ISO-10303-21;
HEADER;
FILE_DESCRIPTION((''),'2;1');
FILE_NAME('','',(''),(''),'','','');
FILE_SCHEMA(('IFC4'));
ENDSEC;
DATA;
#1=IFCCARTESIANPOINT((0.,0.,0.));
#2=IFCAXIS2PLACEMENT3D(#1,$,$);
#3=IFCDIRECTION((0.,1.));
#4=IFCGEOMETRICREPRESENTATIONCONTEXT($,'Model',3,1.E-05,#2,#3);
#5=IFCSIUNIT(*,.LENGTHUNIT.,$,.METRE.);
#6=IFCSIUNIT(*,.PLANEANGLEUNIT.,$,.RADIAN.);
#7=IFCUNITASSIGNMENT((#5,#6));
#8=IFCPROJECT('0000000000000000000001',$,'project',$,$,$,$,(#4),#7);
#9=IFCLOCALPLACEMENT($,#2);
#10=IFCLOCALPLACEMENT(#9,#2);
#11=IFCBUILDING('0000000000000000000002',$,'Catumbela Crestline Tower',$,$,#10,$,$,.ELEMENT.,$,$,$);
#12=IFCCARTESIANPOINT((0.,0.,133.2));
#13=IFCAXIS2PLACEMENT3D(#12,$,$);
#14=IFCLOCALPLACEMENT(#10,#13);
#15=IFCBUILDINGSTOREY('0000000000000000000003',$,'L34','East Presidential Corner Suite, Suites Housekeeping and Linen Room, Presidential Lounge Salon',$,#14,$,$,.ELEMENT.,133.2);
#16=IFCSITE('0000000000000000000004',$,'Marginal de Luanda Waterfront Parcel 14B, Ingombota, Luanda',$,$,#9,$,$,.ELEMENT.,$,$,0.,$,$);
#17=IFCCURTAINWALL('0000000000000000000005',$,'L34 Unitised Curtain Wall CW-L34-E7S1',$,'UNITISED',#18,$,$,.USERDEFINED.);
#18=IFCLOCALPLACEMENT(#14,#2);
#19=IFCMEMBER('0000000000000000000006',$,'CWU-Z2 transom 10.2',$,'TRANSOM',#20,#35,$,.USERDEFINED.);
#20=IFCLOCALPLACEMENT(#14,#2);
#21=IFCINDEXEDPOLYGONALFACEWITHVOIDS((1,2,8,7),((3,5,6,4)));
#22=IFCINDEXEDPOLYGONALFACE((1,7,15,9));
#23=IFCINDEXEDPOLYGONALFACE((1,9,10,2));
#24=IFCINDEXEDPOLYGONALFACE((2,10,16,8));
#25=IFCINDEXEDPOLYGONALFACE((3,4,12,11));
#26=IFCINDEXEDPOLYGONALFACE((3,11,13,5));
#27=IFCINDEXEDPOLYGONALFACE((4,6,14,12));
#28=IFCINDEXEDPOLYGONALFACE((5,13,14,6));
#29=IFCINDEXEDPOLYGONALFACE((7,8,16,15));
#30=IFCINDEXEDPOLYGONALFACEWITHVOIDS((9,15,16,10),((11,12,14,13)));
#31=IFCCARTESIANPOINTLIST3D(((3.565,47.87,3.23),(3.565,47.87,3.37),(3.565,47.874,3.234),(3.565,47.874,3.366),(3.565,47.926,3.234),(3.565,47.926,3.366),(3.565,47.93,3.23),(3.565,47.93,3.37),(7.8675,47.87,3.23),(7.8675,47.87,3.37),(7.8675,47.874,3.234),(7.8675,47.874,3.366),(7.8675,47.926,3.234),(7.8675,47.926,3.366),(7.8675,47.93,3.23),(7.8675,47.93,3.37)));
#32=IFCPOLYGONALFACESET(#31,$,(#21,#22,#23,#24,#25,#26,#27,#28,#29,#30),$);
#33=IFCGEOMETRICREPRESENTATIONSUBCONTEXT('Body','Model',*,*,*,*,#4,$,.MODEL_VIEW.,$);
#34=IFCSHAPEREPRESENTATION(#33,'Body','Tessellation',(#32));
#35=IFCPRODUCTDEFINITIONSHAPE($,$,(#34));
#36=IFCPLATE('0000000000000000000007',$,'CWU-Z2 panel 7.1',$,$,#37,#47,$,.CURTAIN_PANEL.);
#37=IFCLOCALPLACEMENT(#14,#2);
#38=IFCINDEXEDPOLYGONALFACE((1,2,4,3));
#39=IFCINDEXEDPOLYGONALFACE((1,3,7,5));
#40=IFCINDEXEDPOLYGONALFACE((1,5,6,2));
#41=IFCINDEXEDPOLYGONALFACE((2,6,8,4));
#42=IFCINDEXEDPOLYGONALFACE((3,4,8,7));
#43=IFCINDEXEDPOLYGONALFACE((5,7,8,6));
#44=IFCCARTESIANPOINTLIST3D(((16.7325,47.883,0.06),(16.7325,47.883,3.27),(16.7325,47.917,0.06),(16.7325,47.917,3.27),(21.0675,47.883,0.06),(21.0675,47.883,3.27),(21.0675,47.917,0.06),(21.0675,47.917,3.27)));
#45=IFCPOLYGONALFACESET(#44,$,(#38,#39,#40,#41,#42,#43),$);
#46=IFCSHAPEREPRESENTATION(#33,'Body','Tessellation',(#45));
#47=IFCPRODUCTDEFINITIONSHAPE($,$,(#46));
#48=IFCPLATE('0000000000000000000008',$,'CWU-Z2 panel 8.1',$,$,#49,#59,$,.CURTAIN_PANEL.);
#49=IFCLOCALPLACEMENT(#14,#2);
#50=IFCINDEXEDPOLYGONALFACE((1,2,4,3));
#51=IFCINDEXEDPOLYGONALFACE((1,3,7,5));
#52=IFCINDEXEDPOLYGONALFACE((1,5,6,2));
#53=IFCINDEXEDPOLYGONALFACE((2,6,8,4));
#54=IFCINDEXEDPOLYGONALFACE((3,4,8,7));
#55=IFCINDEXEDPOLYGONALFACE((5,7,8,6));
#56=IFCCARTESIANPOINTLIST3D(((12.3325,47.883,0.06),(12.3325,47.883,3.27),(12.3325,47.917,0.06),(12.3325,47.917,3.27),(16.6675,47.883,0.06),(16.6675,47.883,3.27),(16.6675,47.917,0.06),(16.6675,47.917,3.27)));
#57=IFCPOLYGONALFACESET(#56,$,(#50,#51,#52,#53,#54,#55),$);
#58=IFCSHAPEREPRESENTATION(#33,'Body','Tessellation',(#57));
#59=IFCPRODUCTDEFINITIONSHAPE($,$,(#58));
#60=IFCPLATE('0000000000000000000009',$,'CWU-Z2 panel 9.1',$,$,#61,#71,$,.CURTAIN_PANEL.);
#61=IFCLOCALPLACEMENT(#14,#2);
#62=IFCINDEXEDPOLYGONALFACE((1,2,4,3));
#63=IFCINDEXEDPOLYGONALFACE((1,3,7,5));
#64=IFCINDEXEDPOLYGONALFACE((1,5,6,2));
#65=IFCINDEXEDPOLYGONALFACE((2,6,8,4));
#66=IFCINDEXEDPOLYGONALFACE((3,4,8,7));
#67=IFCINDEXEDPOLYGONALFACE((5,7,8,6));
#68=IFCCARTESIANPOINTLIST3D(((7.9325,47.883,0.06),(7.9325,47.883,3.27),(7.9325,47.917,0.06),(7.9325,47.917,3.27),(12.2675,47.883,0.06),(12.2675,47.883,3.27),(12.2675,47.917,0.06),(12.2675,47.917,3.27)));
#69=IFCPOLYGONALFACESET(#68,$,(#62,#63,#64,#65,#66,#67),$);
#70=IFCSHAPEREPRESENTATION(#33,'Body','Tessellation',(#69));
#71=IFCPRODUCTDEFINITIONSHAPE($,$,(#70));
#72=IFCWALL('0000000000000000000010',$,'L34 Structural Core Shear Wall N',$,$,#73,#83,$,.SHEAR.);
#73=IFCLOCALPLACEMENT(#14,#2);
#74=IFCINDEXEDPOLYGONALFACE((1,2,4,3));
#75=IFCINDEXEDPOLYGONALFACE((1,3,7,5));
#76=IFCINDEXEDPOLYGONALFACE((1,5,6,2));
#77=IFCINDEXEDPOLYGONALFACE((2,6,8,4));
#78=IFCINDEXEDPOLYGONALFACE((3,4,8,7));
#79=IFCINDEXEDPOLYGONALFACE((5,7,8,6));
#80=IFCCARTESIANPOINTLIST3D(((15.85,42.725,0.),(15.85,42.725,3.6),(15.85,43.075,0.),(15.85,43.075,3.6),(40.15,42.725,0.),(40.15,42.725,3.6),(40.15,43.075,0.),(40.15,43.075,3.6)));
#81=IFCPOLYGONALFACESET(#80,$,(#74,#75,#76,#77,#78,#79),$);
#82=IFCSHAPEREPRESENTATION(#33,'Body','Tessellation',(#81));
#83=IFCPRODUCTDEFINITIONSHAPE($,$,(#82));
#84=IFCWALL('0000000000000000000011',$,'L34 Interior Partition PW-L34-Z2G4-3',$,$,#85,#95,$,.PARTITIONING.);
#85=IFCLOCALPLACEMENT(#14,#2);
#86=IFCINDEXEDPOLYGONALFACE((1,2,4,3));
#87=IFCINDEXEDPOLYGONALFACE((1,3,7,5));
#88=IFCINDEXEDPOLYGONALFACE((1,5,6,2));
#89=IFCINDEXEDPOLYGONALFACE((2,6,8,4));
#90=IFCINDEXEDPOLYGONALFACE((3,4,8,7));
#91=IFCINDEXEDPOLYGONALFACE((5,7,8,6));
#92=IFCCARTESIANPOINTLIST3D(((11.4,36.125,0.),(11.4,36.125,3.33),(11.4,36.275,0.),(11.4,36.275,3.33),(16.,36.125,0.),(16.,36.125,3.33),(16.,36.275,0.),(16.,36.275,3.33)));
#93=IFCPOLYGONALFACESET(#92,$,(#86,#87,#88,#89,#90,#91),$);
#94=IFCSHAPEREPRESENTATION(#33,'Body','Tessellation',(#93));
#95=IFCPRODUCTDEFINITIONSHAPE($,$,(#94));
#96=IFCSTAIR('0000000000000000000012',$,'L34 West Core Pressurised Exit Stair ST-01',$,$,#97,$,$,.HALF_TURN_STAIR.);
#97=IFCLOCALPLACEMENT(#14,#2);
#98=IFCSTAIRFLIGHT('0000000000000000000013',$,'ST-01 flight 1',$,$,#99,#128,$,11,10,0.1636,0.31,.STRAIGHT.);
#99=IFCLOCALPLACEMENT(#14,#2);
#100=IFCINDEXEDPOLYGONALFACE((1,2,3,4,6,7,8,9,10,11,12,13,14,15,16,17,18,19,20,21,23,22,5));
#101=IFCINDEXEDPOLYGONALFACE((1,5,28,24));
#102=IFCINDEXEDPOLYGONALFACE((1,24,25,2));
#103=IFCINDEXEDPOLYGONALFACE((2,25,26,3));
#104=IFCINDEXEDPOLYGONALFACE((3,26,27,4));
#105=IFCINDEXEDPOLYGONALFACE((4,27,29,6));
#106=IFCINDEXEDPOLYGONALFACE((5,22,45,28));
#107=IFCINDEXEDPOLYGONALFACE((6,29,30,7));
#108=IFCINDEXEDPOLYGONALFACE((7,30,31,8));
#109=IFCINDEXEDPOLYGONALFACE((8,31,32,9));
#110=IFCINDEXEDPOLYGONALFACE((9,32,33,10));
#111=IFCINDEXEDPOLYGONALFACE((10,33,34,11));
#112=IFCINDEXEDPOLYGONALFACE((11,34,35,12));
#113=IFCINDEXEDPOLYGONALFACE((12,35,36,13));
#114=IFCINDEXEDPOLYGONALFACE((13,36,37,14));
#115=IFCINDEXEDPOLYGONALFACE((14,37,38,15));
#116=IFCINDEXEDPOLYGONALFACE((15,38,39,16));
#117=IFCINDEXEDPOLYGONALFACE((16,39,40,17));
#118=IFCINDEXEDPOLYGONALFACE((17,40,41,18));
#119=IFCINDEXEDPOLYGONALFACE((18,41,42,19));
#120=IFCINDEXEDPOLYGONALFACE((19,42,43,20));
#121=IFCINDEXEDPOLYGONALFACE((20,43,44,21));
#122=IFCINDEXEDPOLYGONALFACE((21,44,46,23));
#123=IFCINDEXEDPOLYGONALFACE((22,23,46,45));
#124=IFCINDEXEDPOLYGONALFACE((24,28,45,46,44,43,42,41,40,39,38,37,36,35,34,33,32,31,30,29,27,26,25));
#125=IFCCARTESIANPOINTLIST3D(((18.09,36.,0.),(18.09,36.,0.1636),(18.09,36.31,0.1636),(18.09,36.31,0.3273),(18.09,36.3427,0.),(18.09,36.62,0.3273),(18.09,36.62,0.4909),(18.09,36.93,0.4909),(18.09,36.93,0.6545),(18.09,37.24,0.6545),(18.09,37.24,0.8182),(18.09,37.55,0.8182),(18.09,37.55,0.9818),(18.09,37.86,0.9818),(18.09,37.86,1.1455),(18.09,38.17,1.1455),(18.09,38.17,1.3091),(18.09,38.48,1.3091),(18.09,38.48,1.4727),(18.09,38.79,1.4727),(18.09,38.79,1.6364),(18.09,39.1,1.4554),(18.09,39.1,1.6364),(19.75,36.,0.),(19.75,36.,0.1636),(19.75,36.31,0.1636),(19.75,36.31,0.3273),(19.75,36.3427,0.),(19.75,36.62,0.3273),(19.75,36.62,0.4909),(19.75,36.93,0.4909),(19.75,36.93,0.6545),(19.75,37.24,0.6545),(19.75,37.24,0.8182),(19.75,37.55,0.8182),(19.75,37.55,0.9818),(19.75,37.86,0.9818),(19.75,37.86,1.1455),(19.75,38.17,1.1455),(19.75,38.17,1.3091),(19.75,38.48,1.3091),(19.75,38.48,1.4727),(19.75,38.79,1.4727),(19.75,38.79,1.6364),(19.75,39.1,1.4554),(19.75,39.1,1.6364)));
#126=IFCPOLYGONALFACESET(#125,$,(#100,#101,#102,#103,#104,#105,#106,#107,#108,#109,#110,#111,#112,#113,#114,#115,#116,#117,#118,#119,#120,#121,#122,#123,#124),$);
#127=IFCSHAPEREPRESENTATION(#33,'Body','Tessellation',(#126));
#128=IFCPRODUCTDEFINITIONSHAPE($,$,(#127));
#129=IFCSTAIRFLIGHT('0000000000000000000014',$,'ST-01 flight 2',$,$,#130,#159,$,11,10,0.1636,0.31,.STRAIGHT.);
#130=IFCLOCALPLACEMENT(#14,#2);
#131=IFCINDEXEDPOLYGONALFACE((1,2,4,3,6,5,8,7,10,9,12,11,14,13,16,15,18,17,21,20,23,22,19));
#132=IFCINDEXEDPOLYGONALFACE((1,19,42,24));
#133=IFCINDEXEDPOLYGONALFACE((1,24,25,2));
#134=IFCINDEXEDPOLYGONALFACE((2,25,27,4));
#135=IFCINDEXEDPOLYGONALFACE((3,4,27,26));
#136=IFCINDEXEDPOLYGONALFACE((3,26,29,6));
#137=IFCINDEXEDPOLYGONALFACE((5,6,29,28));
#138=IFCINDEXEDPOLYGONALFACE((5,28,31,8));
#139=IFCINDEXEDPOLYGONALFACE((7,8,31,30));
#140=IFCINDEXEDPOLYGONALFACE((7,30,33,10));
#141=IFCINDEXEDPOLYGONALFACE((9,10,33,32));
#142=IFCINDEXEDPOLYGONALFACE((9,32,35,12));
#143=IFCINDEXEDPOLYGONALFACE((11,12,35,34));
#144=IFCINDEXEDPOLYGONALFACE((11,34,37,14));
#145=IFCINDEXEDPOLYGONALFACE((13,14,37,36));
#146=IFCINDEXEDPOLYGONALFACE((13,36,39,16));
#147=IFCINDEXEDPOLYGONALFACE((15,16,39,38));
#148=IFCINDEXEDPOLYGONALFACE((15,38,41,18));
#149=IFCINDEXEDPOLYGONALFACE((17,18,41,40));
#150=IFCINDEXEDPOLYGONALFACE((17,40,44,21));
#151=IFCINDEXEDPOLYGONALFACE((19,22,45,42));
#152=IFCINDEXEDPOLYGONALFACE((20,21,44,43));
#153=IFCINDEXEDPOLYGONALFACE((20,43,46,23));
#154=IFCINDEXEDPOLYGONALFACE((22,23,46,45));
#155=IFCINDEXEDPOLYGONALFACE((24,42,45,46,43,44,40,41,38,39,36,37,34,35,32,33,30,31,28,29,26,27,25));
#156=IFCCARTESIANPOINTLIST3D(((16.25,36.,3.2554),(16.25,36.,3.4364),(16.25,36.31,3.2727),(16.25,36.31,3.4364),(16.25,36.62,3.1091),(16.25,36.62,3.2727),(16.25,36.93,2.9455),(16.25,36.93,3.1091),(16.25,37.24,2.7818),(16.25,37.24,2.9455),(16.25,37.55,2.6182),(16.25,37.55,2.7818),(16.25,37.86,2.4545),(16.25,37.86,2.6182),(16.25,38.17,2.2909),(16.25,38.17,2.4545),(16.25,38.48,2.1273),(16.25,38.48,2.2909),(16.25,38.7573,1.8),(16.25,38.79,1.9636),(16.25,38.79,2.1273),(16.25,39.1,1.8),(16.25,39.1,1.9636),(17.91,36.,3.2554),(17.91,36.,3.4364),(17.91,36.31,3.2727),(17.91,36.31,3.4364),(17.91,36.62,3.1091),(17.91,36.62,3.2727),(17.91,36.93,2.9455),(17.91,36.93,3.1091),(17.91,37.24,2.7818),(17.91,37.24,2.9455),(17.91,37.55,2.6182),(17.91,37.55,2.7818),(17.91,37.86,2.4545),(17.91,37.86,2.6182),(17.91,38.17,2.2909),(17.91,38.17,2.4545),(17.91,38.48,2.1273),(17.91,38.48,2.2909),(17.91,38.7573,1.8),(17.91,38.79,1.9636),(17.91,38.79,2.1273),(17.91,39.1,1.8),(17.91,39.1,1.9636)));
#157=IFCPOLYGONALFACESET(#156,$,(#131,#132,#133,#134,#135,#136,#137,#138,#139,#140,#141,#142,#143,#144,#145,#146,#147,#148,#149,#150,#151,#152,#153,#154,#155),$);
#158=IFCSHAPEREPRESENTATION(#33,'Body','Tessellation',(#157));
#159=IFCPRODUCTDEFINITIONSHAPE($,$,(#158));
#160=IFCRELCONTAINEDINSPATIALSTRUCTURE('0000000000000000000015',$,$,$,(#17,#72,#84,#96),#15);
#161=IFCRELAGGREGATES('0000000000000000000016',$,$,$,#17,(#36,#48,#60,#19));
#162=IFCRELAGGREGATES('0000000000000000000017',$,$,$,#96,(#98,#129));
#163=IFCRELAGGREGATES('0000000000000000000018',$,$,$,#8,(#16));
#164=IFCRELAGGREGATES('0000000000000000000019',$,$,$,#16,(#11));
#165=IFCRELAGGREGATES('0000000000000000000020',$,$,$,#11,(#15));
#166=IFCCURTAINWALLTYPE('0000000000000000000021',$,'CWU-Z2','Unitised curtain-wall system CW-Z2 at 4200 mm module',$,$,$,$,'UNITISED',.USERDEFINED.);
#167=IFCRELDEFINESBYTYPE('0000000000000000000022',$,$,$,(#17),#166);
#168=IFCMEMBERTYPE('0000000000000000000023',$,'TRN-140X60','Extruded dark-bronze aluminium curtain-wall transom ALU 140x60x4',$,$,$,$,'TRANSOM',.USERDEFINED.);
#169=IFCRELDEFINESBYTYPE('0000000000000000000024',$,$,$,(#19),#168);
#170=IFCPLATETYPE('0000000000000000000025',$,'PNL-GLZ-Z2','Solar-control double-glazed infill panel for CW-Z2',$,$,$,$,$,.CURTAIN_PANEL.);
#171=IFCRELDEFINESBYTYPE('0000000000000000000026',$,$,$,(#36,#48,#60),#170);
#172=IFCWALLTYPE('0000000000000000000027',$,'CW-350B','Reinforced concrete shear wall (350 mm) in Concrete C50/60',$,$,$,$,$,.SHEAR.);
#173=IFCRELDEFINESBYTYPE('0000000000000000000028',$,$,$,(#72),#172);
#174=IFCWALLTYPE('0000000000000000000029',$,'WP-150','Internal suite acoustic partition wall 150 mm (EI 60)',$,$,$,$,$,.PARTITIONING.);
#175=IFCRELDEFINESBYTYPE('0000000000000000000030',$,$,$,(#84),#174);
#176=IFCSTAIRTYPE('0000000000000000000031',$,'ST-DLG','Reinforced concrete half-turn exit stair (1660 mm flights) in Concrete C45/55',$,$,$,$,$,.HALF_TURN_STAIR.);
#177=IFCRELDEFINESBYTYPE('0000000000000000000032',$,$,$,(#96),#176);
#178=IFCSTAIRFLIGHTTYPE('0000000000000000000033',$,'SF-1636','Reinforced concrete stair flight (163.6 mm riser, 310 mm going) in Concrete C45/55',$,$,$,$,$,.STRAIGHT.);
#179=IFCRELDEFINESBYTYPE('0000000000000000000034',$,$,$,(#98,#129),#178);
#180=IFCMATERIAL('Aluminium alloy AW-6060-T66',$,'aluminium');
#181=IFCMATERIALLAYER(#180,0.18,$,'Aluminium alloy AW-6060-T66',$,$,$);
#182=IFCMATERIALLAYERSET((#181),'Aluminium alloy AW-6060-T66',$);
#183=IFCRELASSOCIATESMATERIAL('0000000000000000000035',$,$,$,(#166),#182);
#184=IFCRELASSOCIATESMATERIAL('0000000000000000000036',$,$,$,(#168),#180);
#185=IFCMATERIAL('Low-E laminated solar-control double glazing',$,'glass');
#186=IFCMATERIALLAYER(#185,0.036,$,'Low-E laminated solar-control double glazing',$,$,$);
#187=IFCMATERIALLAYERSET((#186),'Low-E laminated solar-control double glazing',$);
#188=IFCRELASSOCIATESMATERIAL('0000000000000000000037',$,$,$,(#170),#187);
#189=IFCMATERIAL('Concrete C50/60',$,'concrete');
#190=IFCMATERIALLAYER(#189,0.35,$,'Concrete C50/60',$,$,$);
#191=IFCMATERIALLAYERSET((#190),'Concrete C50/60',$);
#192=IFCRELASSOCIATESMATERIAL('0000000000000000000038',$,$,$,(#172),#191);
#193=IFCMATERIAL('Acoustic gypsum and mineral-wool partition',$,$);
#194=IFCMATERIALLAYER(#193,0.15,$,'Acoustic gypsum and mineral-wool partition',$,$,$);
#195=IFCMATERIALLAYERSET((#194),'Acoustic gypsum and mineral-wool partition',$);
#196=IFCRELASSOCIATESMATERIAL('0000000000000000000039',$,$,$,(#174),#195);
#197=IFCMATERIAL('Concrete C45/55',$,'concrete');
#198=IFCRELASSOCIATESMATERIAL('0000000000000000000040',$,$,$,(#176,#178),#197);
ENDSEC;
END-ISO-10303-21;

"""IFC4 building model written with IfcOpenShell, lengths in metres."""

from ifc_helpers import new_model, si_unit, direction, frame, frame_2d, origin, origin_2d, place, context, subcontext, project, spatial, polyline, rectangle, hollow_rectangle, outline, extrude, material, layer, layer_set, material_profile, profile_set, type_object, element, aggregate, save


model = new_model("IFC4")

# Units and contexts
model_context = context("Model", 3, precision=1e-05, world=origin(), true_north=direction((0.0, 1.0)))
body_context = subcontext(model_context, "Body", "Model", "MODEL_VIEW")
ifc_project = project(units=[si_unit("LENGTHUNIT", "METRE"), si_unit("PLANEANGLEUNIT", "RADIAN")], contexts=[model_context])

# Site, building, storey
site_placement = place(None, origin())
site = spatial("IfcSite", under=ifc_project, at=site_placement, Name="Marginal de Luanda Waterfront Parcel 14B, Ingombota, Luanda", CompositionType="ELEMENT", RefElevation=0.0)
building_placement = place(site_placement, origin())
building = spatial("IfcBuilding", under=site, at=building_placement, Name="Catumbela Crestline Tower", CompositionType="ELEMENT")
storey_placement = place(building_placement, frame((0.0, 0.0, 133.2)))
storey = spatial("IfcBuildingStorey", under=building, at=storey_placement, Name="L34", Description="East Presidential Corner Suite, Suites Housekeeping and Linen Room, Presidential Lounge Salon", CompositionType="ELEMENT", Elevation=133.2)

# Curtain wall
ifc_material_1 = material(Name="Aluminium alloy AW-6060-T66", Category="aluminium")
ifc_layer_1 = layer(ifc_material_1, 0.18, Name="Aluminium alloy AW-6060-T66")
ifc_layer_set_1 = layer_set([ifc_layer_1], Name="Aluminium alloy AW-6060-T66")
curtain_wall_type = type_object("IfcCurtainWallType", Name="CWU-Z2", Description="Unitised curtain-wall system CW-Z2 at 4200 mm module", ElementType="UNITISED", PredefinedType="USERDEFINED", material=ifc_layer_set_1)
curtain_wall_placement = place(storey_placement, origin())
curtain_wall = element("IfcCurtainWall", 1, at=curtain_wall_placement, inside=storey, type_object=curtain_wall_type, Name="L34 Unitised Curtain Wall CW-L34-E7S1", ObjectType="UNITISED", PredefinedType="USERDEFINED")

# Member
ifc_material_profile_1 = material_profile(ifc_material_1, hollow_rectangle(XDim=0.06, YDim=0.14, WallThickness=0.004, at=origin_2d()), Name="ALU 140x60x4")
ifc_profile_set_1 = profile_set([ifc_material_profile_1], Name="Aluminium alloy AW-6060-T66")
member_type_1 = type_object("IfcMemberType", Name="TRN-140X60", Description="Extruded dark-bronze aluminium curtain-wall transom ALU 140x60x4", ElementType="TRANSOM", PredefinedType="USERDEFINED", material=ifc_profile_set_1)
member_1_placement = place(storey_placement, frame((7.8675, 47.9, 3.3), z_axis=(-1.0, 0.0, 0.0), x_axis=(0.0, -1.0, 0.0)))
member_1 = element("IfcMember", 2, at=member_1_placement, type_object=member_type_1, Name="CWU-Z2 transom 10.2", ObjectType="TRANSOM", PredefinedType="USERDEFINED", context=body_context, shape_type="SweptSolid", body=[
    extrude(hollow_rectangle(XDim=0.06, YDim=0.14, WallThickness=0.004, at=origin_2d()), origin(), (0.0, 0.0, 1.0), 4.3025),
])

# Plates
ifc_material_2 = material(Name="Low-E laminated solar-control double glazing", Category="glass")
ifc_layer_2 = layer(ifc_material_2, 0.036, Name="Low-E laminated solar-control double glazing")
ifc_layer_set_2 = layer_set([ifc_layer_2], Name="Low-E laminated solar-control double glazing")
plate_type = type_object("IfcPlateType", Name="PNL-GLZ-Z2", Description="Solar-control double-glazed infill panel for CW-Z2", PredefinedType="CURTAIN_PANEL", material=ifc_layer_set_2)
plate_1_placement = place(storey_placement, frame((18.9, 47.9, 0.06), z_axis=(0.0, 0.0, 1.0), x_axis=(-1.0, 0.0, 0.0)))
plate_1 = element("IfcPlate", 3, at=plate_1_placement, type_object=plate_type, Name="CWU-Z2 panel 7.1", PredefinedType="CURTAIN_PANEL", context=body_context, shape_type="SweptSolid", body=[
    extrude(rectangle(XDim=4.335, YDim=0.034, at=origin_2d()), origin(), (0.0, 0.0, 1.0), 3.21),
])
plate_2_placement = place(storey_placement, frame((14.5, 47.9, 0.06), z_axis=(0.0, 0.0, 1.0), x_axis=(-1.0, 0.0, 0.0)))
plate_2 = element("IfcPlate", 4, at=plate_2_placement, type_object=plate_type, Name="CWU-Z2 panel 8.1", PredefinedType="CURTAIN_PANEL", context=body_context, shape_type="SweptSolid", body=[
    extrude(rectangle(XDim=4.335, YDim=0.034, at=origin_2d()), origin(), (0.0, 0.0, 1.0), 3.21),
])
plate_3_placement = place(storey_placement, frame((10.1, 47.9, 0.06), z_axis=(0.0, 0.0, 1.0), x_axis=(-1.0, 0.0, 0.0)))
plate_3 = element("IfcPlate", 5, at=plate_3_placement, type_object=plate_type, Name="CWU-Z2 panel 9.1", PredefinedType="CURTAIN_PANEL", context=body_context, shape_type="SweptSolid", body=[
    extrude(rectangle(XDim=4.335, YDim=0.034, at=origin_2d()), origin(), (0.0, 0.0, 1.0), 3.21),
])
aggregate(curtain_wall, [plate_1, plate_2, plate_3, member_1])

# Walls
ifc_material_3 = material(Name="Concrete C50/60", Category="concrete")
ifc_layer_3 = layer(ifc_material_3, 0.35, Name="Concrete C50/60")
ifc_layer_set_3 = layer_set([ifc_layer_3], Name="Concrete C50/60")
wall_type_1 = type_object("IfcWallType", Name="CW-350B", Description="Reinforced concrete shear wall (350 mm) in Concrete C50/60", PredefinedType="SHEAR", material=ifc_layer_set_3)
wall_1_placement = place(storey_placement, frame((15.85, 42.9, 0.0), z_axis=(0.0, 0.0, 1.0), x_axis=(1.0, 0.0, 0.0)))
element("IfcWall", 6, at=wall_1_placement, inside=storey, type_object=wall_type_1, Name="L34 Structural Core Shear Wall N", PredefinedType="SHEAR", context=body_context, shape_type="SweptSolid", body=[
    extrude(rectangle(XDim=24.3, YDim=0.35, at=frame_2d((12.15, 0.0))), origin(), (0.0, 0.0, 1.0), 3.6),
])
ifc_material_4 = material(Name="Acoustic gypsum and mineral-wool partition")
ifc_layer_4 = layer(ifc_material_4, 0.15, Name="Acoustic gypsum and mineral-wool partition")
ifc_layer_set_4 = layer_set([ifc_layer_4], Name="Acoustic gypsum and mineral-wool partition")
wall_type_2 = type_object("IfcWallType", Name="WP-150", Description="Internal suite acoustic partition wall 150 mm (EI 60)", PredefinedType="PARTITIONING", material=ifc_layer_set_4)
wall_2_placement = place(storey_placement, frame((11.4, 36.2, 0.0), z_axis=(0.0, 0.0, 1.0), x_axis=(1.0, 0.0, 0.0)))
element("IfcWall", 7, at=wall_2_placement, inside=storey, type_object=wall_type_2, Name="L34 Interior Partition PW-L34-Z2G4-3", PredefinedType="PARTITIONING", context=body_context, shape_type="SweptSolid", body=[
    extrude(rectangle(XDim=4.6, YDim=0.15, at=frame_2d((2.3, 0.0))), origin(), (0.0, 0.0, 1.0), 3.33),
])

# Stair, stair flights
ifc_material_5 = material(Name="Concrete C45/55", Category="concrete")
stair_type = type_object("IfcStairType", Name="ST-DLG", Description="Reinforced concrete half-turn exit stair (1660 mm flights) in Concrete C45/55", PredefinedType="HALF_TURN_STAIR", material=ifc_material_5)
stair_placement = place(storey_placement, origin())
stair = element("IfcStair", 8, at=stair_placement, inside=storey, type_object=stair_type, Name="L34 West Core Pressurised Exit Stair ST-01", PredefinedType="HALF_TURN_STAIR")
stair_flight_type = type_object("IfcStairFlightType", Name="SF-1636", Description="Reinforced concrete stair flight (163.6 mm riser, 310 mm going) in Concrete C45/55", PredefinedType="STRAIGHT", material=ifc_material_5)
stair_flight_1_placement = place(storey_placement, frame((18.92, 36.0, 0.0), z_axis=(0.0, 0.0, 1.0), x_axis=(0.0, 1.0, 0.0)))
stair_flight_1 = element("IfcStairFlight", 9, at=stair_flight_1_placement, type_object=stair_flight_type, Name="ST-01 flight 1", NumberOfRisers=11, NumberOfTreads=10, PredefinedType="STRAIGHT", RiserHeight=0.1636, TreadLength=0.31, context=body_context, shape_type="SweptSolid", body=[
    extrude(outline(polyline([(0.0, 0.0), (0.0, 0.1636), (0.31, 0.1636), (0.31, 0.3273), (0.62, 0.3273), (0.62, 0.4909), (0.93, 0.4909), (0.93, 0.6545), (1.24, 0.6545), (1.24, 0.8182), (1.55, 0.8182), (1.55, 0.9818), (1.86, 0.9818), (1.86, 1.1455), (2.17, 1.1455), (2.17, 1.3091), (2.48, 1.3091), (2.48, 1.4727), (2.79, 1.4727), (2.79, 1.6364), (3.1, 1.6364), (3.1, 1.8), (3.1, 1.4554), (0.3427, 0.0), (0.0, 0.0)])), frame((0.0, 0.83, 0.0), z_axis=(0.0, -1.0, 0.0), x_axis=(1.0, 0.0, 0.0)), (0.0, 0.0, 1.0), 1.66),
])
stair_flight_2_placement = place(storey_placement, frame((17.08, 39.1, 1.8), z_axis=(0.0, 0.0, 1.0), x_axis=(0.0, -1.0, 0.0)))
stair_flight_2 = element("IfcStairFlight", 10, at=stair_flight_2_placement, type_object=stair_flight_type, Name="ST-01 flight 2", NumberOfRisers=11, NumberOfTreads=10, PredefinedType="STRAIGHT", RiserHeight=0.1636, TreadLength=0.31, context=body_context, shape_type="SweptSolid", body=[
    extrude(outline(polyline([(0.0, 0.0), (0.0, 0.1636), (0.31, 0.1636), (0.31, 0.3273), (0.62, 0.3273), (0.62, 0.4909), (0.93, 0.4909), (0.93, 0.6545), (1.24, 0.6545), (1.24, 0.8182), (1.55, 0.8182), (1.55, 0.9818), (1.86, 0.9818), (1.86, 1.1455), (2.17, 1.1455), (2.17, 1.3091), (2.48, 1.3091), (2.48, 1.4727), (2.79, 1.4727), (2.79, 1.6364), (3.1, 1.6364), (3.1, 1.8), (3.1, 1.4554), (0.3427, 0.0), (0.0, 0.0)])), frame((0.0, 0.83, 0.0), z_axis=(0.0, -1.0, 0.0), x_axis=(1.0, 0.0, 0.0)), (0.0, 0.0, 1.0), 1.66),
])
aggregate(stair, [stair_flight_1, stair_flight_2])

save(model, "model.ifc")
